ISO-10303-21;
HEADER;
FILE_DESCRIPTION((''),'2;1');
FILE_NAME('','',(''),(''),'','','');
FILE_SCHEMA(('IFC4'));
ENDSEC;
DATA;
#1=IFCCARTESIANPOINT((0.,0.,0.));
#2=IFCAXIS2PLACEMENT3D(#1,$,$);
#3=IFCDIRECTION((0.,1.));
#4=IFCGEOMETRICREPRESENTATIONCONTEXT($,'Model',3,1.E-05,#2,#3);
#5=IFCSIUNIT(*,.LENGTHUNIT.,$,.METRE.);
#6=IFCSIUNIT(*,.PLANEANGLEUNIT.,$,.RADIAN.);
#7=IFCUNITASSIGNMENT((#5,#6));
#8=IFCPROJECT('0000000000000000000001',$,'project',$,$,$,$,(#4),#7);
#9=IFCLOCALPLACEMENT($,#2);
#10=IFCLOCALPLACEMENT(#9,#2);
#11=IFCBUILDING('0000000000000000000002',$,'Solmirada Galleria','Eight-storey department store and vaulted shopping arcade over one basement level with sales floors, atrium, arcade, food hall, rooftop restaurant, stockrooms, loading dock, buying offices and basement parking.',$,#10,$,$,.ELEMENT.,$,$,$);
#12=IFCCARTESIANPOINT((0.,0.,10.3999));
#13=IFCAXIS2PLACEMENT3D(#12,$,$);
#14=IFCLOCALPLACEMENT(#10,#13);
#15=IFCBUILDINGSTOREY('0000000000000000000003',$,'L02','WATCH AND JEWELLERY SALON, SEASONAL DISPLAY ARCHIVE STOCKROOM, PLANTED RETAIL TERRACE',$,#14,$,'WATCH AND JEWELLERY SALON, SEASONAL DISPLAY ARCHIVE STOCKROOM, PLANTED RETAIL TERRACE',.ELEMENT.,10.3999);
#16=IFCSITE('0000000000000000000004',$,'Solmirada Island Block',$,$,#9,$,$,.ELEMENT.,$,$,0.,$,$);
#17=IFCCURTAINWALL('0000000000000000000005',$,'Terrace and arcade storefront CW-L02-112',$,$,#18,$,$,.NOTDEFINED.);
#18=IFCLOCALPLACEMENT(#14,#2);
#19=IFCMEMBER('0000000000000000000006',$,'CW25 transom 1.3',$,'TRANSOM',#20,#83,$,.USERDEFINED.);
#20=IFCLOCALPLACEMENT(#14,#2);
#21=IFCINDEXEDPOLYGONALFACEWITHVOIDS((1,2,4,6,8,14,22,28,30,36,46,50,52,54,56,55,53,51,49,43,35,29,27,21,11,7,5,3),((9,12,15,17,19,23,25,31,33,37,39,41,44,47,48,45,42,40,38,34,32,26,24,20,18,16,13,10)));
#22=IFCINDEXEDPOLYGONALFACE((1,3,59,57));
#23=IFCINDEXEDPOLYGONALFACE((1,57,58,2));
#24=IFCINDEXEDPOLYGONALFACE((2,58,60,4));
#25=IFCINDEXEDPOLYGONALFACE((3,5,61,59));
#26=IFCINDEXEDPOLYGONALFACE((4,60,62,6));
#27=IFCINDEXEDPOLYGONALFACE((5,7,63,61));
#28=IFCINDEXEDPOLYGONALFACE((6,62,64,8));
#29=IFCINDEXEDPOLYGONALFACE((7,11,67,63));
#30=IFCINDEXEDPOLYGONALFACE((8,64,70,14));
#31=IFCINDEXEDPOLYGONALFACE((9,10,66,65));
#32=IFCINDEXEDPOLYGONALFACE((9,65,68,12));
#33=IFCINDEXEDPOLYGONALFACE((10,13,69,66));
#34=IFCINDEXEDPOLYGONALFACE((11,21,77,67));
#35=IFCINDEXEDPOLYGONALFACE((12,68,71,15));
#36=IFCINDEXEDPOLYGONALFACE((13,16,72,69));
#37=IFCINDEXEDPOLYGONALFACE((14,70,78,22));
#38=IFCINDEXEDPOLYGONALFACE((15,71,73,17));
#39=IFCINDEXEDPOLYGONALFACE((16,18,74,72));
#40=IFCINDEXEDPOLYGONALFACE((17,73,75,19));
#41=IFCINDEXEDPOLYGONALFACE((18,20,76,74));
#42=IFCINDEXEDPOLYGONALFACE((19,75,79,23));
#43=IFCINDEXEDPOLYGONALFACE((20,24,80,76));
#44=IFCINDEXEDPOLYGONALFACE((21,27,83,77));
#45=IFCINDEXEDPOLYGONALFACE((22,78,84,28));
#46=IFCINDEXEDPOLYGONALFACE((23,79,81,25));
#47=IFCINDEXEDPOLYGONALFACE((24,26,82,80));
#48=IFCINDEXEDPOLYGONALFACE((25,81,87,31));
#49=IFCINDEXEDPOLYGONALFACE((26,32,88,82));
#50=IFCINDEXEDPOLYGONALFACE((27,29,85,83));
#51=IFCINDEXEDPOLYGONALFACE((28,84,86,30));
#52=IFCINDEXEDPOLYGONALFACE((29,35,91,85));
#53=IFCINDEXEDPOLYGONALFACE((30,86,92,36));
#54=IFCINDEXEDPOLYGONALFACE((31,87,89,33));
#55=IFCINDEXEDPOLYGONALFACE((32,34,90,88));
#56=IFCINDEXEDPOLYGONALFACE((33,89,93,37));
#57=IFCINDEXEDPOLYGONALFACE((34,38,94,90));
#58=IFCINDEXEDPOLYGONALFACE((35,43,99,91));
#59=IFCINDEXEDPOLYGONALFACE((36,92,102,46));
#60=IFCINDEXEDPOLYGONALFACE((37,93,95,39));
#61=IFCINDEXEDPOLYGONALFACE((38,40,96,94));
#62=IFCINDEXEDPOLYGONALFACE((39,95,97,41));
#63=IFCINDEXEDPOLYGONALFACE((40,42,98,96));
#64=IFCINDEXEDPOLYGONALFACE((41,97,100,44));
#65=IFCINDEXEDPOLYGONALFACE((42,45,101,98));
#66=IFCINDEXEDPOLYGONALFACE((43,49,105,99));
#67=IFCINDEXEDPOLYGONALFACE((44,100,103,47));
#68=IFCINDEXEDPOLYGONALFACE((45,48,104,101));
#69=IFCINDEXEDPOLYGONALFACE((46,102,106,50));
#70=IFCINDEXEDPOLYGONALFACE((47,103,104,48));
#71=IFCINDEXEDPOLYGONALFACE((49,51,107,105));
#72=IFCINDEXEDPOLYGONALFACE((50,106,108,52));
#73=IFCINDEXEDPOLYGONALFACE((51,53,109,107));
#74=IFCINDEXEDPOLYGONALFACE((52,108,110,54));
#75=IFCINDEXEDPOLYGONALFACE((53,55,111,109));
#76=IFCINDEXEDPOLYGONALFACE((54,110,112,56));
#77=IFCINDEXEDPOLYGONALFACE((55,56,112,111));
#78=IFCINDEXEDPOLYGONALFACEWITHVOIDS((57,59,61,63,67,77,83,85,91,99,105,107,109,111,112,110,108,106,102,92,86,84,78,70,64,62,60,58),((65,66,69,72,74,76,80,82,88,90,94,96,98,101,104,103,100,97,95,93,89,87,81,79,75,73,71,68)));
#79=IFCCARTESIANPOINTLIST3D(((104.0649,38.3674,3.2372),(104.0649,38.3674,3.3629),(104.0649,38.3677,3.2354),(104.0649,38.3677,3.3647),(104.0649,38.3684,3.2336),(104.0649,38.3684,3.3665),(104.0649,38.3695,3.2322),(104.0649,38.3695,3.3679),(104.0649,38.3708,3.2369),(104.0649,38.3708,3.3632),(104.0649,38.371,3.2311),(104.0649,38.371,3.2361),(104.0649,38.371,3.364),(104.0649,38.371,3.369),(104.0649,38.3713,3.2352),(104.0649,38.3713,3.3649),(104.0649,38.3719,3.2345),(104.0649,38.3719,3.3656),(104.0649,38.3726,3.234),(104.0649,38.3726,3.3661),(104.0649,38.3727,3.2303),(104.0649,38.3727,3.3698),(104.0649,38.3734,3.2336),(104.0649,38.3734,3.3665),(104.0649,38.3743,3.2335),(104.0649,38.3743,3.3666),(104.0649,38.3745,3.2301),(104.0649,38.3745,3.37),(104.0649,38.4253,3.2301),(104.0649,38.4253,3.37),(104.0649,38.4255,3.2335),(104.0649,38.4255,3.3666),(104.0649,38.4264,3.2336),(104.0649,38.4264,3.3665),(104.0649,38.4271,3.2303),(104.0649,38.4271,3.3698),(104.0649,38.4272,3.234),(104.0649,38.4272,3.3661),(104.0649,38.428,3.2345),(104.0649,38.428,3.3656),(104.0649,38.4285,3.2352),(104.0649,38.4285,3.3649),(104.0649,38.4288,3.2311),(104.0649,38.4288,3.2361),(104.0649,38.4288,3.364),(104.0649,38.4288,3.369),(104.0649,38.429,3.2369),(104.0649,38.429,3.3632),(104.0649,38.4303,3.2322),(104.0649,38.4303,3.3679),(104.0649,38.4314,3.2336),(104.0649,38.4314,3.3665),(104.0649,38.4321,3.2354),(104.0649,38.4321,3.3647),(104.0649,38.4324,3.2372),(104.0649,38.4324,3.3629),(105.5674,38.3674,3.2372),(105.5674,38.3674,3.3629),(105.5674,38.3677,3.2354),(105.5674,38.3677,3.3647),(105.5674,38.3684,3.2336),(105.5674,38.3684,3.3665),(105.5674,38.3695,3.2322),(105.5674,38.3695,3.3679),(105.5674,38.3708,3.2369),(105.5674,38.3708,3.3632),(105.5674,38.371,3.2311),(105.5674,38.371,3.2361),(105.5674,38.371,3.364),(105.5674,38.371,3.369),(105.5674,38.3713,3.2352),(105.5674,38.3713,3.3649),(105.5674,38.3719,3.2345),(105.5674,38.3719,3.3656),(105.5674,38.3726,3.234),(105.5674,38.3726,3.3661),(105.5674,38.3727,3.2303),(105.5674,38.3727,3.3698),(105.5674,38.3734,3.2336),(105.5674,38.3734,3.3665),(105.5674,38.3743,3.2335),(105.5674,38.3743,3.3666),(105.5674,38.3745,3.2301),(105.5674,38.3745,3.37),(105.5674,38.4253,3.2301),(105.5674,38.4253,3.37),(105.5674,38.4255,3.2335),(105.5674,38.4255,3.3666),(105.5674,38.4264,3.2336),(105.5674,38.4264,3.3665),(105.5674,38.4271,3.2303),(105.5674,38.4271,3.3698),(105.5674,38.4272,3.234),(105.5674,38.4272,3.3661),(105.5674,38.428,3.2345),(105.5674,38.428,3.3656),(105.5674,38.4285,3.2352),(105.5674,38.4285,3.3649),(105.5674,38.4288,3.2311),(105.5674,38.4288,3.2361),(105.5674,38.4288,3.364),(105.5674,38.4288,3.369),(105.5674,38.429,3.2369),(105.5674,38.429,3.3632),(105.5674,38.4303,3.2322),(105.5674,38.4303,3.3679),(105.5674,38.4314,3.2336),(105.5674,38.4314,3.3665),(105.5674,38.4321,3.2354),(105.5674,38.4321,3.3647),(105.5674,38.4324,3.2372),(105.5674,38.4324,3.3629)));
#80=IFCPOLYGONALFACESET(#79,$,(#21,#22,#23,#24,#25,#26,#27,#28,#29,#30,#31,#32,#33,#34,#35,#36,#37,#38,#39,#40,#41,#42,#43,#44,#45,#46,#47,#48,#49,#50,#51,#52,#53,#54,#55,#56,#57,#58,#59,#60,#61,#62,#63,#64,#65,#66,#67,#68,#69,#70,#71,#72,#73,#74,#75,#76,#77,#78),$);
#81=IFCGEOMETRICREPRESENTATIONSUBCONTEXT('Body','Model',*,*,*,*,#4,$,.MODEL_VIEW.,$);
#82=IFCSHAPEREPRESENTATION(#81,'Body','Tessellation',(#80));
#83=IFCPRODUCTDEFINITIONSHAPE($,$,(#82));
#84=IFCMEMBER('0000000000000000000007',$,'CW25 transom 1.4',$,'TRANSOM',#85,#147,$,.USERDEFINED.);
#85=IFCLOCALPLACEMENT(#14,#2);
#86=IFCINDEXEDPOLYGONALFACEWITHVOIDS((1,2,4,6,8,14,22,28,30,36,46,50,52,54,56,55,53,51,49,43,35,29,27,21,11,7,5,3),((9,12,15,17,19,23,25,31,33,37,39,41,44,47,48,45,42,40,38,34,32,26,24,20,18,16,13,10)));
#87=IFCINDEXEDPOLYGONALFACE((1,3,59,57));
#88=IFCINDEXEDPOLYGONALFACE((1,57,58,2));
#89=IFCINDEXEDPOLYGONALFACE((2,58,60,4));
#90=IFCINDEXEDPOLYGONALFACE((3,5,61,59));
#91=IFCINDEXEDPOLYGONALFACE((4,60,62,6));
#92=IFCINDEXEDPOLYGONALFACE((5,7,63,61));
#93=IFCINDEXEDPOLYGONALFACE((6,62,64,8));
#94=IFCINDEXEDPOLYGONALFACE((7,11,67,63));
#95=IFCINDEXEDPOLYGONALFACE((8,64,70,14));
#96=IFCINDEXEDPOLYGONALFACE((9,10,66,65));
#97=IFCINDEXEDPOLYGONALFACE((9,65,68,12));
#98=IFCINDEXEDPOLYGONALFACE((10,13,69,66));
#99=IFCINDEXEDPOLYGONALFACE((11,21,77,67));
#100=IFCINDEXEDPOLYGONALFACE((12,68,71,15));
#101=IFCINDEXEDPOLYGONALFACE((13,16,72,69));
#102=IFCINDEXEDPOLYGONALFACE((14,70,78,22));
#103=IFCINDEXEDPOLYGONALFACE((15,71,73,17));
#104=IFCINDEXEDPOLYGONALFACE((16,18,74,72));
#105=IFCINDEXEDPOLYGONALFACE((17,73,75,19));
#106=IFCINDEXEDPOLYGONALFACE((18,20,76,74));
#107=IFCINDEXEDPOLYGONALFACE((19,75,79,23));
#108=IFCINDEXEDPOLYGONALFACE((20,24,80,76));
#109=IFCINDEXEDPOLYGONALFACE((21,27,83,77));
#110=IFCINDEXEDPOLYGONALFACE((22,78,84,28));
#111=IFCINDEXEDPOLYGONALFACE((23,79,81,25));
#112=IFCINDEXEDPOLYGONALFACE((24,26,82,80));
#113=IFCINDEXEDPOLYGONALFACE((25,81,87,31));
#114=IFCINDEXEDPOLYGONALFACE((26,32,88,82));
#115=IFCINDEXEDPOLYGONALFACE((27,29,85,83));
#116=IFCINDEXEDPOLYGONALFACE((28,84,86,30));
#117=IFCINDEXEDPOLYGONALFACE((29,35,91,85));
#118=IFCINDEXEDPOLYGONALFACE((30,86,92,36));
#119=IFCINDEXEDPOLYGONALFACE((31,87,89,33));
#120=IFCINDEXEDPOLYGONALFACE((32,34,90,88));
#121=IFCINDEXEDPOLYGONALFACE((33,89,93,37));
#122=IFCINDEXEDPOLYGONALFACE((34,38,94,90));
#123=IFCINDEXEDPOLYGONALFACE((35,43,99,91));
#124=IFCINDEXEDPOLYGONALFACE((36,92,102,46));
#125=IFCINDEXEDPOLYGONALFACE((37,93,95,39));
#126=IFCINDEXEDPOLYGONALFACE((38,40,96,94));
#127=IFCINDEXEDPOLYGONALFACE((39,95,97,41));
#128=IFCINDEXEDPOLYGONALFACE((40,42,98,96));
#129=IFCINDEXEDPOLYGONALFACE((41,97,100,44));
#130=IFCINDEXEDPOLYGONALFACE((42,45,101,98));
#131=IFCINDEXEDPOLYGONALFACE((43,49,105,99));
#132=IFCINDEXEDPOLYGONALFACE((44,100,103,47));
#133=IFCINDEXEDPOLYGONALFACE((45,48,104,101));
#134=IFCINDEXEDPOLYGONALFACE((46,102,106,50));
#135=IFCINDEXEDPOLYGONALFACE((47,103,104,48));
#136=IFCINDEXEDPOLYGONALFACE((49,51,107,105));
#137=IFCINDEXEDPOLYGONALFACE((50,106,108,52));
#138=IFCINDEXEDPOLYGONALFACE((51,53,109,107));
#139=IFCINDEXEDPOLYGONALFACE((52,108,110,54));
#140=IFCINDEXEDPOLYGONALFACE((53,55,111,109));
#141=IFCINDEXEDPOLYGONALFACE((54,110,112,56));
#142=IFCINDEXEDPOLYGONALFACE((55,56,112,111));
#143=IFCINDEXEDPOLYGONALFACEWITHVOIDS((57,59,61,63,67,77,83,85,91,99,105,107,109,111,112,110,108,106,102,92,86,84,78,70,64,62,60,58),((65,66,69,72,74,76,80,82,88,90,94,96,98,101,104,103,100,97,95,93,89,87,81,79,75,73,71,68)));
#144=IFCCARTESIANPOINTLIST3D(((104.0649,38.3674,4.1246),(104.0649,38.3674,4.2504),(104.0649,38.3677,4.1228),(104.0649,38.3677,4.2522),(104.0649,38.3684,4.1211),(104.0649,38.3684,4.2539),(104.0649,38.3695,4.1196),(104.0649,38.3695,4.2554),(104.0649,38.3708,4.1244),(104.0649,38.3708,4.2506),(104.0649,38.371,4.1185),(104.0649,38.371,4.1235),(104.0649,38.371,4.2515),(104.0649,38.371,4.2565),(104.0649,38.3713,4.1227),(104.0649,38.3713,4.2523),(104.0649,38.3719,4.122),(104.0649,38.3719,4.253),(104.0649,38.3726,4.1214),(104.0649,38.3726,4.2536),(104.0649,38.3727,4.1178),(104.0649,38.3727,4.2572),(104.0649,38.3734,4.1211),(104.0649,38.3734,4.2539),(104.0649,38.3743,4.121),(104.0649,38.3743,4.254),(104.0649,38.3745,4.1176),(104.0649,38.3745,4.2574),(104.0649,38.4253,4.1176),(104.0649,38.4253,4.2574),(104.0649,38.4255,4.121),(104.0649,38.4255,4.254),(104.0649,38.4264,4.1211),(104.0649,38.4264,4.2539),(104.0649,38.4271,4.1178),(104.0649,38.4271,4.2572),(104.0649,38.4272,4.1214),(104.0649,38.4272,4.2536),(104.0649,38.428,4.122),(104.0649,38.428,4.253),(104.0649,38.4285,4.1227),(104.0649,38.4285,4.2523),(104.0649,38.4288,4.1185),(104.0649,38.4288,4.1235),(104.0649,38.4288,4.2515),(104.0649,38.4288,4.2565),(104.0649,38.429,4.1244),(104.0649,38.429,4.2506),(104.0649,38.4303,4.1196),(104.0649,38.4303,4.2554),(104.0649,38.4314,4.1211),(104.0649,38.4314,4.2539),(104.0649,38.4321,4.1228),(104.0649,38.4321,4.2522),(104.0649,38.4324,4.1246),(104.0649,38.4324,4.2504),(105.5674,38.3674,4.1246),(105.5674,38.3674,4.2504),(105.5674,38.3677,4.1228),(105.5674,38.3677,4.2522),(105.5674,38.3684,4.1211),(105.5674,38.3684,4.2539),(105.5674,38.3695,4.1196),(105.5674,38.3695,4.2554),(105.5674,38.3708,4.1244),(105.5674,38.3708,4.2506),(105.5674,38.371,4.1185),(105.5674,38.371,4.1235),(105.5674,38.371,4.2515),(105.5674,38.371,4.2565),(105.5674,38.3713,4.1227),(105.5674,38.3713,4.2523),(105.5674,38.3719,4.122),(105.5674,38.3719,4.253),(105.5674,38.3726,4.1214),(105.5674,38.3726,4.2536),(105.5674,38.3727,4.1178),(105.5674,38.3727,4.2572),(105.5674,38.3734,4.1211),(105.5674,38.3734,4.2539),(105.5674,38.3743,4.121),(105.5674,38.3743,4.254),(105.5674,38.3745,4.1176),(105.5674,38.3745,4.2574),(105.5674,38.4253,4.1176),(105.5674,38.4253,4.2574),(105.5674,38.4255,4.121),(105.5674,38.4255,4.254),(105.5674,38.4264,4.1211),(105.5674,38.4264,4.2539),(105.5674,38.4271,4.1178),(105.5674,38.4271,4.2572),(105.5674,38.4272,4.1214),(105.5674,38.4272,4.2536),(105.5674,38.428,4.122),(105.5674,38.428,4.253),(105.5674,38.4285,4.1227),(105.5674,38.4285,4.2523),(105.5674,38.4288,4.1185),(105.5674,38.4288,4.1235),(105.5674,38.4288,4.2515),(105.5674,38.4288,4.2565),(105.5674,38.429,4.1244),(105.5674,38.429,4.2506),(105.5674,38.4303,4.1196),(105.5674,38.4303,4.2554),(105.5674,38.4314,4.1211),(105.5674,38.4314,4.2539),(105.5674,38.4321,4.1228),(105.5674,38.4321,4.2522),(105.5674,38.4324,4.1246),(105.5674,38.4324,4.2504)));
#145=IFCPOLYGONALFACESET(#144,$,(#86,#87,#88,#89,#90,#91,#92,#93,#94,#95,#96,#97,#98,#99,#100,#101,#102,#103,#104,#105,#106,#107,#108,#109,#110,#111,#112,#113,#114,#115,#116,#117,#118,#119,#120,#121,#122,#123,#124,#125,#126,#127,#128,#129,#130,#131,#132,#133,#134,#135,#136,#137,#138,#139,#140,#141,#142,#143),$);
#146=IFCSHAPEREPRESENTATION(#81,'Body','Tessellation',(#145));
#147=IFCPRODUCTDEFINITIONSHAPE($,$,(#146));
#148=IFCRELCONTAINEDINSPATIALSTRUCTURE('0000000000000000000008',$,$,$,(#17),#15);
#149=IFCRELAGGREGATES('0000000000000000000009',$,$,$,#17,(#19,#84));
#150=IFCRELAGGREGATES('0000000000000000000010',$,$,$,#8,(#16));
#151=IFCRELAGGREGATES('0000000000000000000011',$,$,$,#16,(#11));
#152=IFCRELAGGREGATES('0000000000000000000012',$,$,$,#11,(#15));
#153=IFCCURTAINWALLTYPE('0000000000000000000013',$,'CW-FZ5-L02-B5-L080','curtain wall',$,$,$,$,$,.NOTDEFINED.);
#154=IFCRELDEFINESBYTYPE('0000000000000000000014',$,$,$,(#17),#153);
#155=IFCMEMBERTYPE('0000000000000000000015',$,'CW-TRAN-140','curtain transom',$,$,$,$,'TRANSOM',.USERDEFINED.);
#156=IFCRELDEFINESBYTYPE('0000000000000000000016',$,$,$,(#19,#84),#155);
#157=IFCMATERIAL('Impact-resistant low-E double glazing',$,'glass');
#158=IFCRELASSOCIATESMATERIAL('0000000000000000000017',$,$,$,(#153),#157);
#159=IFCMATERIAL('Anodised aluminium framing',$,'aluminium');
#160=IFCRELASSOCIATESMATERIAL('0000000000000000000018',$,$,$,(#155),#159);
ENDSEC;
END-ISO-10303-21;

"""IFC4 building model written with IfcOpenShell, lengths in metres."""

from ifc_helpers import new_model, si_unit, direction, frame, origin, origin_2d, place, context, subcontext, project, spatial, hollow_rectangle, extrude, material, material_profile, profile_set, type_object, element, aggregate, save


model = new_model("IFC4")

# Units and contexts
model_context = context("Model", 3, precision=1e-05, world=origin(), true_north=direction((0.0, 1.0)))
body_context = subcontext(model_context, "Body", "Model", "MODEL_VIEW")
ifc_project = project(units=[si_unit("LENGTHUNIT", "METRE"), si_unit("PLANEANGLEUNIT", "RADIAN")], contexts=[model_context])

# Site, building, storey
site_placement = place(None, origin())
site = spatial("IfcSite", under=ifc_project, at=site_placement, Name="Solmirada Island Block", CompositionType="ELEMENT", RefElevation=0.0)
building_placement = place(site_placement, origin())
building = spatial("IfcBuilding", under=site, at=building_placement, Name="Solmirada Galleria", Description="Eight-storey department store and vaulted shopping arcade over one basement level with sales floors, atrium, arcade, food hall, rooftop restaurant, stockrooms, loading dock, buying offices and basement parking.", CompositionType="ELEMENT")
storey_placement = place(building_placement, frame((0.0, 0.0, 10.3999)))
storey = spatial("IfcBuildingStorey", under=building, at=storey_placement, Name="L02", Description="WATCH AND JEWELLERY SALON, SEASONAL DISPLAY ARCHIVE STOCKROOM, PLANTED RETAIL TERRACE", LongName="WATCH AND JEWELLERY SALON, SEASONAL DISPLAY ARCHIVE STOCKROOM, PLANTED RETAIL TERRACE", CompositionType="ELEMENT", Elevation=10.3999)

# Curtain wall
ifc_material_1 = material(Name="Impact-resistant low-E double glazing", Category="glass")
curtain_wall_type = type_object("IfcCurtainWallType", Name="CW-FZ5-L02-B5-L080", Description="curtain wall", PredefinedType="NOTDEFINED", material=ifc_material_1)
ifc_material_2 = material(Name="Anodised aluminium framing", Category="aluminium")
curtain_wall_1_placement = place(storey_placement, origin())
curtain_wall_1 = element("IfcCurtainWall", 1, at=curtain_wall_1_placement, inside=storey, type_object=curtain_wall_type, Name="Terrace and arcade storefront CW-L02-112", PredefinedType="NOTDEFINED")

# Members
ifc_material_profile_1 = material_profile(ifc_material_2, hollow_rectangle(XDim=0.0649, YDim=0.1399, WallThickness=0.0034, InnerFilletRadius=0.0034, OuterFilletRadius=0.0071, at=origin_2d()), Name="ALU-TRAN-140X65")
ifc_profile_set_1 = profile_set([ifc_material_profile_1], Name="Anodised aluminium framing")
member_type_1 = type_object("IfcMemberType", Name="CW-TRAN-140", Description="curtain transom", ElementType="TRANSOM", PredefinedType="USERDEFINED", material=ifc_profile_set_1)
member_1_placement = place(storey_placement, frame((104.0649, 38.3999, 3.3), z_axis=(1.0, 0.0, 0.0), x_axis=(0.0, 1.0, 0.0)))
member_1 = element("IfcMember", 2, at=member_1_placement, type_object=member_type_1, Name="CW25 transom 1.3", ObjectType="TRANSOM", PredefinedType="USERDEFINED", context=body_context, shape_type="SweptSolid", body=[
    extrude(hollow_rectangle(XDim=0.0649, YDim=0.1399, WallThickness=0.0034, InnerFilletRadius=0.0034, OuterFilletRadius=0.0071, at=origin_2d()), origin(), (0.0, 0.0, 1.0), 1.5024),
])
member_2_placement = place(storey_placement, frame((104.0649, 38.3999, 4.1875), z_axis=(1.0, 0.0, 0.0), x_axis=(0.0, 1.0, 0.0)))
member_2 = element("IfcMember", 3, at=member_2_placement, type_object=member_type_1, Name="CW25 transom 1.4", ObjectType="TRANSOM", PredefinedType="USERDEFINED", context=body_context, shape_type="SweptSolid", body=[
    extrude(hollow_rectangle(XDim=0.0649, YDim=0.1399, WallThickness=0.0034, InnerFilletRadius=0.0034, OuterFilletRadius=0.0071, at=origin_2d()), origin(), (0.0, 0.0, 1.0), 1.5024),
])

aggregate(curtain_wall_1, [member_1, member_2])

save(model, "model.ifc")
